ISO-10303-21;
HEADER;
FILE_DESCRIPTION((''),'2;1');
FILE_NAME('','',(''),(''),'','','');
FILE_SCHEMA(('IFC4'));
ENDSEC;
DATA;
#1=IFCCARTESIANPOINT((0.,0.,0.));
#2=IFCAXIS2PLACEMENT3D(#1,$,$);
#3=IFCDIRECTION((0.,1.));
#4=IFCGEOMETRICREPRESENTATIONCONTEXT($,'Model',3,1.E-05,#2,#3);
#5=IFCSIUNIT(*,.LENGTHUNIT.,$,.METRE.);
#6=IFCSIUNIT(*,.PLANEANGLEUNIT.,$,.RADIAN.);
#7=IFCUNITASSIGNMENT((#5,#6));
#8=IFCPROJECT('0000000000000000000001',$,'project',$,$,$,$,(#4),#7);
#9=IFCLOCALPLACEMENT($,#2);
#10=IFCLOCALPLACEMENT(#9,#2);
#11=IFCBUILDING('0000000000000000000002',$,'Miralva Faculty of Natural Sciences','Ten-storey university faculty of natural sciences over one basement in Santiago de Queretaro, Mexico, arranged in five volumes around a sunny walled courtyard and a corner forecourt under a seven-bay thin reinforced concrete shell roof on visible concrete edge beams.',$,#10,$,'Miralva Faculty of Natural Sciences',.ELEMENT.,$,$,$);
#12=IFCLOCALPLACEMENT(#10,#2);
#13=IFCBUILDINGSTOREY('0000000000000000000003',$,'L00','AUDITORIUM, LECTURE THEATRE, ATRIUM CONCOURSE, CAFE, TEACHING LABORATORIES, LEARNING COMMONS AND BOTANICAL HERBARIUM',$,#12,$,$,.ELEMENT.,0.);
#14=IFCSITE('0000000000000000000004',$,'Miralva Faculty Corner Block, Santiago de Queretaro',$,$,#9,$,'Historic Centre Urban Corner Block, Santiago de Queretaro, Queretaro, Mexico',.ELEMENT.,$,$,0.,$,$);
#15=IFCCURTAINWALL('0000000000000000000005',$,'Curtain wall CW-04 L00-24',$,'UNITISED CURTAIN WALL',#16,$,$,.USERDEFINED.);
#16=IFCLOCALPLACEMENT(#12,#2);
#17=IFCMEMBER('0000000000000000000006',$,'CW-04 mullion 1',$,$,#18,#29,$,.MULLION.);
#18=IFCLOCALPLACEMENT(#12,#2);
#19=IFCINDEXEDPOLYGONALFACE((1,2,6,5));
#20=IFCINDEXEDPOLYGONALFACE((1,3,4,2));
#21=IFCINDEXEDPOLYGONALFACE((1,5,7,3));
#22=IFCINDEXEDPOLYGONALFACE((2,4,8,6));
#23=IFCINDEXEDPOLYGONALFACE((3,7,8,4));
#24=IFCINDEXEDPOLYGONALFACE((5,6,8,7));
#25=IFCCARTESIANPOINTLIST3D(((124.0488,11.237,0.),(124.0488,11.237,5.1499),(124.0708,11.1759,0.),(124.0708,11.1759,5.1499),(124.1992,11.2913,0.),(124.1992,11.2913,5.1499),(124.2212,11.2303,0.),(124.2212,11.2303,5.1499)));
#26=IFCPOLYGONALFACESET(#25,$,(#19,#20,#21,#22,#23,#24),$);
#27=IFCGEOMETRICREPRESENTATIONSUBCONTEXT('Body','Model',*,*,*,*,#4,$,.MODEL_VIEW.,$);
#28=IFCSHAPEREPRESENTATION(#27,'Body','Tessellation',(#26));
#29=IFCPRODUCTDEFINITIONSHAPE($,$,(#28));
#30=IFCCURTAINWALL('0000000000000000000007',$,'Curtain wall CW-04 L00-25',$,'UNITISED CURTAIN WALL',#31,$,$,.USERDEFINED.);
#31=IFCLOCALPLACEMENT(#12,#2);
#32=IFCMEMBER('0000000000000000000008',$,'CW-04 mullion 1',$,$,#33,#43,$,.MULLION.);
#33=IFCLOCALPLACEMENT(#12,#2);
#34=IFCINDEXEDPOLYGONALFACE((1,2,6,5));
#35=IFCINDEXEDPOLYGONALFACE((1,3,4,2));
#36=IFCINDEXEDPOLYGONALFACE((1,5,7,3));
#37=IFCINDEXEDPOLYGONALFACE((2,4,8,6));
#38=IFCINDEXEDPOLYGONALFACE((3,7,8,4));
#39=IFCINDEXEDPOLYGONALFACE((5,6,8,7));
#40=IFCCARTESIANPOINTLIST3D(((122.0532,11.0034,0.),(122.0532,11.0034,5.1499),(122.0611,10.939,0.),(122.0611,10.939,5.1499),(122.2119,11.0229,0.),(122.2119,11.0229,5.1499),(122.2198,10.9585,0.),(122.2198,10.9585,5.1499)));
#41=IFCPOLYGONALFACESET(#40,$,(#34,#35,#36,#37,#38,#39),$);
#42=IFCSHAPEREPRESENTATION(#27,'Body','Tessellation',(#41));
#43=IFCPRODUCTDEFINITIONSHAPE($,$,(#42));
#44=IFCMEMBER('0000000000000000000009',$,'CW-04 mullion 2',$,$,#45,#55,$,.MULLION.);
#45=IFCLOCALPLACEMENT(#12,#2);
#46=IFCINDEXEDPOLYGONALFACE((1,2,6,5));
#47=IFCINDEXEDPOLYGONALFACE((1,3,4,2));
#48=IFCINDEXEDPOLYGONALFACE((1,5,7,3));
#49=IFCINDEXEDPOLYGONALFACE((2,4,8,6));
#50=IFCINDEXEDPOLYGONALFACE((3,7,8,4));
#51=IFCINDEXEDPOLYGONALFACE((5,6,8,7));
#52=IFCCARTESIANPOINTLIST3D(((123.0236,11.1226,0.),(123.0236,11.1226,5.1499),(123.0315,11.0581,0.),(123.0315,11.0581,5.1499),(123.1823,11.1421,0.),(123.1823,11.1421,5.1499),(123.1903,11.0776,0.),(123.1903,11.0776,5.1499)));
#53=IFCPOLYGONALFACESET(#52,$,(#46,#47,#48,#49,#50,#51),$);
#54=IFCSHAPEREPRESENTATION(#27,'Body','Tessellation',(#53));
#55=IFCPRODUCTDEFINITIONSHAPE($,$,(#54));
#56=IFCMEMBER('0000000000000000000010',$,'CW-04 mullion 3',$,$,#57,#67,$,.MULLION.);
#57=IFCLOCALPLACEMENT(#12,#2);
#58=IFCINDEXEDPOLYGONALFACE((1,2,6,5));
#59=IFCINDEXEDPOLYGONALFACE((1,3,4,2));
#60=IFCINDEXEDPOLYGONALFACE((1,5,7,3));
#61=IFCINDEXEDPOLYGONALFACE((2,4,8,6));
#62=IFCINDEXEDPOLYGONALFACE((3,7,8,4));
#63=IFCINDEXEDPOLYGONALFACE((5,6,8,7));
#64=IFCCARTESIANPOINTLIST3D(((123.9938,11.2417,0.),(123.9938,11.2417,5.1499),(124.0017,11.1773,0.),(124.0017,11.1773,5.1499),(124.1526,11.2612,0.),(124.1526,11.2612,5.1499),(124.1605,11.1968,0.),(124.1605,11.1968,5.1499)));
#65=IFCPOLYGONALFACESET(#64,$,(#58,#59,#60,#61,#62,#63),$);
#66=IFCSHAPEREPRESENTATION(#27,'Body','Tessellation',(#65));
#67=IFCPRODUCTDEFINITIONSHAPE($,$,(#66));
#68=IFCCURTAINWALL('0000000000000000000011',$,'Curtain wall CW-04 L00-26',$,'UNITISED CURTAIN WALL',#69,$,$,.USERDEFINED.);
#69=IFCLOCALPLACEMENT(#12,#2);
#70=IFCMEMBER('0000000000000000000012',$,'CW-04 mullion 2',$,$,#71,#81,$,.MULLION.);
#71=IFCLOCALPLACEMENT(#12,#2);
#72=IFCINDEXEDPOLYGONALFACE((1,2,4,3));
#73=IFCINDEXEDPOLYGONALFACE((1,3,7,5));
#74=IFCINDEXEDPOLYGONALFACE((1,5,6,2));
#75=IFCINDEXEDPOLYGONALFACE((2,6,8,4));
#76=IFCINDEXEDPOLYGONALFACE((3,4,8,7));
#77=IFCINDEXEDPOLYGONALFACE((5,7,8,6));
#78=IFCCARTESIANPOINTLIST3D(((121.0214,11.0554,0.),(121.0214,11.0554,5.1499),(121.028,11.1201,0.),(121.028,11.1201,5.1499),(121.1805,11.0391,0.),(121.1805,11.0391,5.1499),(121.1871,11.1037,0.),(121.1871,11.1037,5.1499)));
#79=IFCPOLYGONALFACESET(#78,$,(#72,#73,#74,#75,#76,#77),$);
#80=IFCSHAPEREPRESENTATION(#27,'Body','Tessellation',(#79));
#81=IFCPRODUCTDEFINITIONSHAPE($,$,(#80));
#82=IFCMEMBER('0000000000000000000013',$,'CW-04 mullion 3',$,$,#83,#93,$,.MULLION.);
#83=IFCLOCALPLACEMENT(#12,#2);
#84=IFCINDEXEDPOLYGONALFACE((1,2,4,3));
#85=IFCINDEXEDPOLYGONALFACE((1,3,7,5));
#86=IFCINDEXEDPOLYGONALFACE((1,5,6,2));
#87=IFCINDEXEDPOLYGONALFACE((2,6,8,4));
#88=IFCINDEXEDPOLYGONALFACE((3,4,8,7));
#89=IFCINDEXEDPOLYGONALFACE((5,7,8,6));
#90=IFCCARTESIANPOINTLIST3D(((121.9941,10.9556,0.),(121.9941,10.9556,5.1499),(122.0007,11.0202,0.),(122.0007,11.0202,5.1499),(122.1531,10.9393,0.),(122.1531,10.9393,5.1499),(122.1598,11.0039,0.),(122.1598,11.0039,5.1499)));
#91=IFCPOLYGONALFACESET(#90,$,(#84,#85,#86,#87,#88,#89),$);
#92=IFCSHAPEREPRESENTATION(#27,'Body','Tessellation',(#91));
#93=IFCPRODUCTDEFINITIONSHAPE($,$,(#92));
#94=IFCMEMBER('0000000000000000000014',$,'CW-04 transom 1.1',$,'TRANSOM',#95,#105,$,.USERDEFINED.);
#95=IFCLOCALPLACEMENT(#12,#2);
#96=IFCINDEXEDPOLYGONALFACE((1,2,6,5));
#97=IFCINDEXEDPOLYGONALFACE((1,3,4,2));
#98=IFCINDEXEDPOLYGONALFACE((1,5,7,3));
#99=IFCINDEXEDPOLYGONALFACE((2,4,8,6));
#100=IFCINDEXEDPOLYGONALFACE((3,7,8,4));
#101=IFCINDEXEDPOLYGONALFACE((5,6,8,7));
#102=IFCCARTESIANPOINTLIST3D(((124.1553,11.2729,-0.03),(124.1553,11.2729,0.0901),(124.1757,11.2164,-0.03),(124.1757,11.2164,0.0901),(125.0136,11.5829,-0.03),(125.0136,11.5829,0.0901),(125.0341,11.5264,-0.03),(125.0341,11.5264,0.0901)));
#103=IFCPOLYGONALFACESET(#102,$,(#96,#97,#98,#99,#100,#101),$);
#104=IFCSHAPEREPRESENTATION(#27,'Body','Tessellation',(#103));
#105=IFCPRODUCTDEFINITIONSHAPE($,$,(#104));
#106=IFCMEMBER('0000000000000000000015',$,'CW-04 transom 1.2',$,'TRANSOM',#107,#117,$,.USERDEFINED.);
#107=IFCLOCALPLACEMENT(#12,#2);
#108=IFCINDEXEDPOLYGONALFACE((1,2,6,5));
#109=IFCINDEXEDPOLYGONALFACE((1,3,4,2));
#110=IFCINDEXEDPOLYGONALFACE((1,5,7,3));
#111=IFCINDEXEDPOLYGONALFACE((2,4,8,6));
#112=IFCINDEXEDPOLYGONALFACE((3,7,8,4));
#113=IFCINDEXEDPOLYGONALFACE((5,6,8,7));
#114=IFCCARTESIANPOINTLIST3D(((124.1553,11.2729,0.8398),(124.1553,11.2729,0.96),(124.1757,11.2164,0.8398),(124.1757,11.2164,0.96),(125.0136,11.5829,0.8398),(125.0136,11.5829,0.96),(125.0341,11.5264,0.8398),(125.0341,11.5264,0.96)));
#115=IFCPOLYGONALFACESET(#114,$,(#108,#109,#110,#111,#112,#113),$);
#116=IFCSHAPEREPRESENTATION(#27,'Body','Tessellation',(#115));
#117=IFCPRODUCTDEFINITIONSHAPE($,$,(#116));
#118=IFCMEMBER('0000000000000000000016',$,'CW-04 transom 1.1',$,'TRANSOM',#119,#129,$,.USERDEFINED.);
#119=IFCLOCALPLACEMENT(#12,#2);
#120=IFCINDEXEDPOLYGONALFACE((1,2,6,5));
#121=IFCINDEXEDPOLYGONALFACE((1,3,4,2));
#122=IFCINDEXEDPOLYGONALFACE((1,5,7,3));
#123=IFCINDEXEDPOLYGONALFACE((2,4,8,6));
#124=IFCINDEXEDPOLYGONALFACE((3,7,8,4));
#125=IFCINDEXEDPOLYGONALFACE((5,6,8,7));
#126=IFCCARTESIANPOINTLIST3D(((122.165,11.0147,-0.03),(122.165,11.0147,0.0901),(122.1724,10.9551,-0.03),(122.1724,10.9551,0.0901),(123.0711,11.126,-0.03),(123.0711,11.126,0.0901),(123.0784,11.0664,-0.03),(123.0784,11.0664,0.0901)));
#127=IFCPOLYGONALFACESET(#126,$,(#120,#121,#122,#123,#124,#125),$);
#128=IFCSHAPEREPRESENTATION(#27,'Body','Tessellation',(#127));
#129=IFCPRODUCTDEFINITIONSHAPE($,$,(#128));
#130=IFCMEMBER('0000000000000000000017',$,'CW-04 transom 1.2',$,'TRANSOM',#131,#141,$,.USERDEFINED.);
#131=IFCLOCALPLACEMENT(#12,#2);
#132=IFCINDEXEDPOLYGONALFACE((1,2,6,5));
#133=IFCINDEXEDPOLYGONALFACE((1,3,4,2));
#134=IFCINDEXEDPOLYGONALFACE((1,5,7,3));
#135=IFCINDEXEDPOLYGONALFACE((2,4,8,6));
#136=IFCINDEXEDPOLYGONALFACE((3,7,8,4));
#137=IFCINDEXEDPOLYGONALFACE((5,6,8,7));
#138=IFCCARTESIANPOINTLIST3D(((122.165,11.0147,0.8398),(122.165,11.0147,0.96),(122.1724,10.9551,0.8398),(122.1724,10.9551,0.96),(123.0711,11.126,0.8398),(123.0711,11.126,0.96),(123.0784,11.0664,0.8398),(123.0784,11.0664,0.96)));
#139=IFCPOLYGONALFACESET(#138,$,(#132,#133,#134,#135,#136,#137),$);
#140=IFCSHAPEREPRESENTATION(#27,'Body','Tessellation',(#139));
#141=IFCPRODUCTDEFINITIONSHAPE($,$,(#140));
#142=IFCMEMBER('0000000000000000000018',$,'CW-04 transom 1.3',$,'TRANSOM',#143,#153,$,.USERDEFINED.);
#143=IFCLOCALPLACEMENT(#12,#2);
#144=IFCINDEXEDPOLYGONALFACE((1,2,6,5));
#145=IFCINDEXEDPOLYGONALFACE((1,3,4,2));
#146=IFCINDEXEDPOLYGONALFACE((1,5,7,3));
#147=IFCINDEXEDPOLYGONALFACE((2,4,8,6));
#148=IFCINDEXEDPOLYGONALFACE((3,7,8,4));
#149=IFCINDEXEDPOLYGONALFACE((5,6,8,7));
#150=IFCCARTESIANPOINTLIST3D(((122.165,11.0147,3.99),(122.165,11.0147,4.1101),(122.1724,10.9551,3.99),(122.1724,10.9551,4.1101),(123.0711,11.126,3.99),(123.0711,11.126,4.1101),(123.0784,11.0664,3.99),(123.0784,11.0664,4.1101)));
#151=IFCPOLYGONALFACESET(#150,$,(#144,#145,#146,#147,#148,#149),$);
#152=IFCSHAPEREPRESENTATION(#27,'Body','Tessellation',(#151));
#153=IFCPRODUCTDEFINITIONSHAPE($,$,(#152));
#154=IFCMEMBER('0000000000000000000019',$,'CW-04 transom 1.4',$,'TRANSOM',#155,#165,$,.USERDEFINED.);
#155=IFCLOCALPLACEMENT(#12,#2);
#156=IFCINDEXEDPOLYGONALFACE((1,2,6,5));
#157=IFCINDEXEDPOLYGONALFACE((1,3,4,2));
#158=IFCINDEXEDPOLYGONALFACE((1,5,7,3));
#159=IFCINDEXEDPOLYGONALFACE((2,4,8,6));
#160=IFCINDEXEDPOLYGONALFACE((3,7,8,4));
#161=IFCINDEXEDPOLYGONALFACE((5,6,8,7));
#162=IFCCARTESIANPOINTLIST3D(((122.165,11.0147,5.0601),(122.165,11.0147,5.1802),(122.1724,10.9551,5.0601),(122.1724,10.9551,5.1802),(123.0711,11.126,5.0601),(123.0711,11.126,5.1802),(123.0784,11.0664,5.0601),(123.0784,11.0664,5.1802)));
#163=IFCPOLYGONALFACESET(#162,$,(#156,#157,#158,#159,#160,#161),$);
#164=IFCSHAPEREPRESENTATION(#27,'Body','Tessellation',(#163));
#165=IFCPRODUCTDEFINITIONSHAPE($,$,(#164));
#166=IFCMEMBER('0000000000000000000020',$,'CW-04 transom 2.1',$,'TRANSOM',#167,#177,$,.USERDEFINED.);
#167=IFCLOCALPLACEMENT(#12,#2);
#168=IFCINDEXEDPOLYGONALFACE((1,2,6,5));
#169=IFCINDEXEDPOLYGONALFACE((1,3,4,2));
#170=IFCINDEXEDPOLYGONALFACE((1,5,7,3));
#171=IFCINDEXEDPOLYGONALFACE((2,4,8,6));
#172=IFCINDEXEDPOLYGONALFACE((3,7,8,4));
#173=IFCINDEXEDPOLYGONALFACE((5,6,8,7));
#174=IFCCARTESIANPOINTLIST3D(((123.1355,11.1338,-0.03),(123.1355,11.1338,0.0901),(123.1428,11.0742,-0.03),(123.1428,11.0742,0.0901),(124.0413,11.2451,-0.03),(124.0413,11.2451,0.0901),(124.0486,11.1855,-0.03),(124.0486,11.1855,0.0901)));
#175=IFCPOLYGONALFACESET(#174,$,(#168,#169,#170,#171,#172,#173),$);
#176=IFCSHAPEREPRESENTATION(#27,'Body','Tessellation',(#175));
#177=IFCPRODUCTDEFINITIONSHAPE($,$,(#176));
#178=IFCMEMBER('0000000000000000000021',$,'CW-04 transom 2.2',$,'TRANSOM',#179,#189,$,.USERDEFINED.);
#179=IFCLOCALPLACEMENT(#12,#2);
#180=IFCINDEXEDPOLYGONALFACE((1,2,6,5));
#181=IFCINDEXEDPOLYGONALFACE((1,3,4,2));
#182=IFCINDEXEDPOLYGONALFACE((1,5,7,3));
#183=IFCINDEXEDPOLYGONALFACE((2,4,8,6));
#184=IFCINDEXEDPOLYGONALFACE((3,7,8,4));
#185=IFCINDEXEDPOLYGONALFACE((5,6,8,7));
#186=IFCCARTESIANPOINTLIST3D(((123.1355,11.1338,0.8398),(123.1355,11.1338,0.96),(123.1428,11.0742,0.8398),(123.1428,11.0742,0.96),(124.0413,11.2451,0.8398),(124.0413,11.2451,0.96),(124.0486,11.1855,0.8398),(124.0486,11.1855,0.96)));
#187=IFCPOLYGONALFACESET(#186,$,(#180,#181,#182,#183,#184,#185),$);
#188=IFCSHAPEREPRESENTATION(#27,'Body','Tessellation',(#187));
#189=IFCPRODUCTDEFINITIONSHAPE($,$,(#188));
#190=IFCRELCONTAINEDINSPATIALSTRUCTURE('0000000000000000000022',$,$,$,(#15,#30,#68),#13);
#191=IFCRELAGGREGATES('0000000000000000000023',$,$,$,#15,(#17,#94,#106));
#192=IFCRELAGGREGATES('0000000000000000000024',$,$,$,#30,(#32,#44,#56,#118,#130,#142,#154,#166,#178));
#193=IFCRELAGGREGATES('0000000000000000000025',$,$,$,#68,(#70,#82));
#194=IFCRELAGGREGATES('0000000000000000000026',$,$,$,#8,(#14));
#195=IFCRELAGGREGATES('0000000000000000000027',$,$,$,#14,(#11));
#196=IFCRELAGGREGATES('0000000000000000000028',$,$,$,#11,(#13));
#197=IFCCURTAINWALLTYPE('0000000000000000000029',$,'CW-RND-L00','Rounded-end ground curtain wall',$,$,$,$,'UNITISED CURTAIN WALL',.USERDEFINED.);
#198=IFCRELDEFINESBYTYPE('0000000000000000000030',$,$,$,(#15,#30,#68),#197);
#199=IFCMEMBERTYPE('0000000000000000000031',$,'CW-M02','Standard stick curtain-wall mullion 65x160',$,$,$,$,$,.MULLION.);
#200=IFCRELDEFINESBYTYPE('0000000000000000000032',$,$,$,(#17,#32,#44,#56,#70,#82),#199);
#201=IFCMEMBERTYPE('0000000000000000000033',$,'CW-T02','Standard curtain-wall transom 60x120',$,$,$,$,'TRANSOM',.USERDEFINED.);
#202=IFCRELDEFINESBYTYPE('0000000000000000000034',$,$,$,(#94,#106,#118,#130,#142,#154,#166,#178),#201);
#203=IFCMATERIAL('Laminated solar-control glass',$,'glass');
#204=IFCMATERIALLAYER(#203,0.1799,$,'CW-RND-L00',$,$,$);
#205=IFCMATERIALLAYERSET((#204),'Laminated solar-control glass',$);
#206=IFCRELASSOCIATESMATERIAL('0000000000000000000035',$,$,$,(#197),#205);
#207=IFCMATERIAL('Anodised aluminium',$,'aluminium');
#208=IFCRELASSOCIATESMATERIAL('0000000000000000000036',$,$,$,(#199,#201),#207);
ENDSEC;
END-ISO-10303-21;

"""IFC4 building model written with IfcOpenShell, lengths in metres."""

from ifc_helpers import new_model, si_unit, direction, frame, origin, origin_2d, place, context, subcontext, project, spatial, rectangle, extrude, material, layer, layer_set, material_profile, profile_set, type_object, element, aggregate, save


model = new_model("IFC4")

# Units and contexts
model_context = context("Model", 3, precision=1e-05, world=origin(), true_north=direction((0.0, 1.0)))
body_context = subcontext(model_context, "Body", "Model", "MODEL_VIEW")
ifc_project = project(units=[si_unit("LENGTHUNIT", "METRE"), si_unit("PLANEANGLEUNIT", "RADIAN")], contexts=[model_context])

# Site, building, storey
site_placement = place(None, origin())
site = spatial("IfcSite", under=ifc_project, at=site_placement, Name="Miralva Faculty Corner Block, Santiago de Queretaro", LongName="Historic Centre Urban Corner Block, Santiago de Queretaro, Queretaro, Mexico", CompositionType="ELEMENT", RefElevation=0.0)
building_placement = place(site_placement, origin())
building = spatial("IfcBuilding", under=site, at=building_placement, Name="Miralva Faculty of Natural Sciences", Description="Ten-storey university faculty of natural sciences over one basement in Santiago de Queretaro, Mexico, arranged in five volumes around a sunny walled courtyard and a corner forecourt under a seven-bay thin reinforced concrete shell roof on visible concrete edge beams.", LongName="Miralva Faculty of Natural Sciences", CompositionType="ELEMENT")
storey_placement = place(building_placement, origin())
storey = spatial("IfcBuildingStorey", under=building, at=storey_placement, Name="L00", Description="AUDITORIUM, LECTURE THEATRE, ATRIUM CONCOURSE, CAFE, TEACHING LABORATORIES, LEARNING COMMONS AND BOTANICAL HERBARIUM", CompositionType="ELEMENT", Elevation=0.0)

# Curtain wall, member
ifc_material_1 = material(Name="Laminated solar-control glass", Category="glass")
ifc_layer_1 = layer(ifc_material_1, 0.1799, Name="CW-RND-L00")
ifc_layer_set_1 = layer_set([ifc_layer_1], Name="Laminated solar-control glass")
curtain_wall_type = type_object("IfcCurtainWallType", Name="CW-RND-L00", Description="Rounded-end ground curtain wall", ElementType="UNITISED CURTAIN WALL", PredefinedType="USERDEFINED", material=ifc_layer_set_1)
curtain_wall_1_placement = place(storey_placement, origin())
curtain_wall_1 = element("IfcCurtainWall", 1, at=curtain_wall_1_placement, inside=storey, type_object=curtain_wall_type, Name="Curtain wall CW-04 L00-24", ObjectType="UNITISED CURTAIN WALL", PredefinedType="USERDEFINED")
ifc_material_2 = material(Name="Anodised aluminium", Category="aluminium")
ifc_material_profile_1 = material_profile(ifc_material_2, rectangle(XDim=0.0649, YDim=0.1599, at=origin_2d()), Name="MULLION 65x160")
ifc_profile_set_1 = profile_set([ifc_material_profile_1], Name="Anodised aluminium")
member_type_1 = type_object("IfcMemberType", Name="CW-M02", Description="Standard stick curtain-wall mullion 65x160", PredefinedType="MULLION", material=ifc_profile_set_1)
member_1_placement = place(storey_placement, frame((124.135, 11.2336, 0.0), z_axis=(0.0, 0.0, 1.0), x_axis=(-0.339696, 0.940535, 0.0)))
member_1 = element("IfcMember", 2, at=member_1_placement, type_object=member_type_1, Name="CW-04 mullion 1", PredefinedType="MULLION", context=body_context, shape_type="SweptSolid", body=[
    extrude(rectangle(XDim=0.0649, YDim=0.1599, at=origin_2d()), origin(), (0.0, 0.0, 1.0), 5.1499),
])

# Curtain walls, members
curtain_wall_2_placement = place(storey_placement, origin())
curtain_wall_2 = element("IfcCurtainWall", 3, at=curtain_wall_2_placement, inside=storey, type_object=curtain_wall_type, Name="Curtain wall CW-04 L00-25", ObjectType="UNITISED CURTAIN WALL", PredefinedType="USERDEFINED")
member_2_placement = place(storey_placement, frame((122.1365, 10.981, 0.0), z_axis=(0.0, 0.0, 1.0), x_axis=(-0.12186, 0.992547, 0.0)))
member_2 = element("IfcMember", 4, at=member_2_placement, type_object=member_type_1, Name="CW-04 mullion 1", PredefinedType="MULLION", context=body_context, shape_type="SweptSolid", body=[
    extrude(rectangle(XDim=0.0649, YDim=0.1599, at=origin_2d()), origin(), (0.0, 0.0, 1.0), 5.1499),
])
member_3_placement = place(storey_placement, frame((123.1069, 11.1001, 0.0), z_axis=(0.0, 0.0, 1.0), x_axis=(-0.12186, 0.992547, 0.0)))
member_3 = element("IfcMember", 5, at=member_3_placement, type_object=member_type_1, Name="CW-04 mullion 2", PredefinedType="MULLION", context=body_context, shape_type="SweptSolid", body=[
    extrude(rectangle(XDim=0.0649, YDim=0.1599, at=origin_2d()), origin(), (0.0, 0.0, 1.0), 5.1499),
])
member_4_placement = place(storey_placement, frame((124.0771, 11.2192, 0.0), z_axis=(0.0, 0.0, 1.0), x_axis=(-0.12186, 0.992547, 0.0)))
member_4 = element("IfcMember", 6, at=member_4_placement, type_object=member_type_1, Name="CW-04 mullion 3", PredefinedType="MULLION", context=body_context, shape_type="SweptSolid", body=[
    extrude(rectangle(XDim=0.0649, YDim=0.1599, at=origin_2d()), origin(), (0.0, 0.0, 1.0), 5.1499),
])
curtain_wall_3_placement = place(storey_placement, origin())
curtain_wall_3 = element("IfcCurtainWall", 7, at=curtain_wall_3_placement, inside=storey, type_object=curtain_wall_type, Name="Curtain wall CW-04 L00-26", ObjectType="UNITISED CURTAIN WALL", PredefinedType="USERDEFINED")
member_5_placement = place(storey_placement, frame((121.1042, 11.0796, 0.0), z_axis=(0.0, 0.0, 1.0), x_axis=(0.102056, 0.994779, 0.0)))
member_5 = element("IfcMember", 8, at=member_5_placement, type_object=member_type_1, Name="CW-04 mullion 2", PredefinedType="MULLION", context=body_context, shape_type="SweptSolid", body=[
    extrude(rectangle(XDim=0.0649, YDim=0.1599, at=origin_2d()), origin(), (0.0, 0.0, 1.0), 5.1499),
])
member_6_placement = place(storey_placement, frame((122.0769, 10.9797, 0.0), z_axis=(0.0, 0.0, 1.0), x_axis=(0.102056, 0.994779, 0.0)))
member_6 = element("IfcMember", 9, at=member_6_placement, type_object=member_type_1, Name="CW-04 mullion 3", PredefinedType="MULLION", context=body_context, shape_type="SweptSolid", body=[
    extrude(rectangle(XDim=0.0649, YDim=0.1599, at=origin_2d()), origin(), (0.0, 0.0, 1.0), 5.1499),
])

# Members
ifc_material_profile_2 = material_profile(ifc_material_2, rectangle(XDim=0.0601, YDim=0.1201, at=origin_2d()), Name="TRANSOM 60x120")
ifc_profile_set_2 = profile_set([ifc_material_profile_2], Name="Anodised aluminium")
member_type_2 = type_object("IfcMemberType", Name="CW-T02", Description="Standard curtain-wall transom 60x120", ElementType="TRANSOM", PredefinedType="USERDEFINED", material=ifc_profile_set_2)
member_7_placement = place(storey_placement, frame((124.1655, 11.2446, 0.03), z_axis=(0.940525, 0.339723, 0.0), x_axis=(-0.339723, 0.940525, 0.0)))
member_7 = element("IfcMember", 10, at=member_7_placement, type_object=member_type_2, Name="CW-04 transom 1.1", ObjectType="TRANSOM", PredefinedType="USERDEFINED", context=body_context, shape_type="SweptSolid", body=[
    extrude(rectangle(XDim=0.0601, YDim=0.1201, at=origin_2d()), origin(), (0.0, 0.0, 1.0), 0.9126),
])
member_8_placement = place(storey_placement, frame((124.1655, 11.2446, 0.8999), z_axis=(0.940525, 0.339723, 0.0), x_axis=(-0.339723, 0.940525, 0.0)))
member_8 = element("IfcMember", 11, at=member_8_placement, type_object=member_type_2, Name="CW-04 transom 1.2", ObjectType="TRANSOM", PredefinedType="USERDEFINED", context=body_context, shape_type="SweptSolid", body=[
    extrude(rectangle(XDim=0.0601, YDim=0.1201, at=origin_2d()), origin(), (0.0, 0.0, 1.0), 0.9126),
])
aggregate(curtain_wall_1, [member_1, member_7, member_8])
member_9_placement = place(storey_placement, frame((122.1687, 10.9849, 0.03), z_axis=(0.992535, 0.121961, 0.0), x_axis=(-0.121961, 0.992535, 0.0)))
member_9 = element("IfcMember", 12, at=member_9_placement, type_object=member_type_2, Name="CW-04 transom 1.1", ObjectType="TRANSOM", PredefinedType="USERDEFINED", context=body_context, shape_type="SweptSolid", body=[
    extrude(rectangle(XDim=0.0601, YDim=0.1201, at=origin_2d()), origin(), (0.0, 0.0, 1.0), 0.9128),
])
member_10_placement = place(storey_placement, frame((122.1687, 10.9849, 0.8999), z_axis=(0.992535, 0.121961, 0.0), x_axis=(-0.121961, 0.992535, 0.0)))
member_10 = element("IfcMember", 13, at=member_10_placement, type_object=member_type_2, Name="CW-04 transom 1.2", ObjectType="TRANSOM", PredefinedType="USERDEFINED", context=body_context, shape_type="SweptSolid", body=[
    extrude(rectangle(XDim=0.0601, YDim=0.1201, at=origin_2d()), origin(), (0.0, 0.0, 1.0), 0.9128),
])
member_11_placement = place(storey_placement, frame((122.1687, 10.9849, 4.05), z_axis=(0.992535, 0.121961, 0.0), x_axis=(-0.121961, 0.992535, 0.0)))
member_11 = element("IfcMember", 14, at=member_11_placement, type_object=member_type_2, Name="CW-04 transom 1.3", ObjectType="TRANSOM", PredefinedType="USERDEFINED", context=body_context, shape_type="SweptSolid", body=[
    extrude(rectangle(XDim=0.0601, YDim=0.1201, at=origin_2d()), origin(), (0.0, 0.0, 1.0), 0.9128),
])
member_12_placement = place(storey_placement, frame((122.1687, 10.9849, 5.1201), z_axis=(0.992535, 0.121961, 0.0), x_axis=(-0.121961, 0.992535, 0.0)))
member_12 = element("IfcMember", 15, at=member_12_placement, type_object=member_type_2, Name="CW-04 transom 1.4", ObjectType="TRANSOM", PredefinedType="USERDEFINED", context=body_context, shape_type="SweptSolid", body=[
    extrude(rectangle(XDim=0.0601, YDim=0.1201, at=origin_2d()), origin(), (0.0, 0.0, 1.0), 0.9128),
])
member_13_placement = place(storey_placement, frame((123.1392, 11.104, 0.03), z_axis=(0.992531, 0.121993, 0.0), x_axis=(-0.121993, 0.992531, 0.0)))
member_13 = element("IfcMember", 16, at=member_13_placement, type_object=member_type_2, Name="CW-04 transom 2.1", ObjectType="TRANSOM", PredefinedType="USERDEFINED", context=body_context, shape_type="SweptSolid", body=[
    extrude(rectangle(XDim=0.0601, YDim=0.1201, at=origin_2d()), origin(), (0.0, 0.0, 1.0), 0.9126),
])
member_14_placement = place(storey_placement, frame((123.1392, 11.104, 0.8999), z_axis=(0.992531, 0.121993, 0.0), x_axis=(-0.121993, 0.992531, 0.0)))
member_14 = element("IfcMember", 17, at=member_14_placement, type_object=member_type_2, Name="CW-04 transom 2.2", ObjectType="TRANSOM", PredefinedType="USERDEFINED", context=body_context, shape_type="SweptSolid", body=[
    extrude(rectangle(XDim=0.0601, YDim=0.1201, at=origin_2d()), origin(), (0.0, 0.0, 1.0), 0.9126),
])

aggregate(curtain_wall_2, [member_2, member_3, member_4, member_9, member_10, member_11, member_12, member_13, member_14])
aggregate(curtain_wall_3, [member_5, member_6])

save(model, "model.ifc")
